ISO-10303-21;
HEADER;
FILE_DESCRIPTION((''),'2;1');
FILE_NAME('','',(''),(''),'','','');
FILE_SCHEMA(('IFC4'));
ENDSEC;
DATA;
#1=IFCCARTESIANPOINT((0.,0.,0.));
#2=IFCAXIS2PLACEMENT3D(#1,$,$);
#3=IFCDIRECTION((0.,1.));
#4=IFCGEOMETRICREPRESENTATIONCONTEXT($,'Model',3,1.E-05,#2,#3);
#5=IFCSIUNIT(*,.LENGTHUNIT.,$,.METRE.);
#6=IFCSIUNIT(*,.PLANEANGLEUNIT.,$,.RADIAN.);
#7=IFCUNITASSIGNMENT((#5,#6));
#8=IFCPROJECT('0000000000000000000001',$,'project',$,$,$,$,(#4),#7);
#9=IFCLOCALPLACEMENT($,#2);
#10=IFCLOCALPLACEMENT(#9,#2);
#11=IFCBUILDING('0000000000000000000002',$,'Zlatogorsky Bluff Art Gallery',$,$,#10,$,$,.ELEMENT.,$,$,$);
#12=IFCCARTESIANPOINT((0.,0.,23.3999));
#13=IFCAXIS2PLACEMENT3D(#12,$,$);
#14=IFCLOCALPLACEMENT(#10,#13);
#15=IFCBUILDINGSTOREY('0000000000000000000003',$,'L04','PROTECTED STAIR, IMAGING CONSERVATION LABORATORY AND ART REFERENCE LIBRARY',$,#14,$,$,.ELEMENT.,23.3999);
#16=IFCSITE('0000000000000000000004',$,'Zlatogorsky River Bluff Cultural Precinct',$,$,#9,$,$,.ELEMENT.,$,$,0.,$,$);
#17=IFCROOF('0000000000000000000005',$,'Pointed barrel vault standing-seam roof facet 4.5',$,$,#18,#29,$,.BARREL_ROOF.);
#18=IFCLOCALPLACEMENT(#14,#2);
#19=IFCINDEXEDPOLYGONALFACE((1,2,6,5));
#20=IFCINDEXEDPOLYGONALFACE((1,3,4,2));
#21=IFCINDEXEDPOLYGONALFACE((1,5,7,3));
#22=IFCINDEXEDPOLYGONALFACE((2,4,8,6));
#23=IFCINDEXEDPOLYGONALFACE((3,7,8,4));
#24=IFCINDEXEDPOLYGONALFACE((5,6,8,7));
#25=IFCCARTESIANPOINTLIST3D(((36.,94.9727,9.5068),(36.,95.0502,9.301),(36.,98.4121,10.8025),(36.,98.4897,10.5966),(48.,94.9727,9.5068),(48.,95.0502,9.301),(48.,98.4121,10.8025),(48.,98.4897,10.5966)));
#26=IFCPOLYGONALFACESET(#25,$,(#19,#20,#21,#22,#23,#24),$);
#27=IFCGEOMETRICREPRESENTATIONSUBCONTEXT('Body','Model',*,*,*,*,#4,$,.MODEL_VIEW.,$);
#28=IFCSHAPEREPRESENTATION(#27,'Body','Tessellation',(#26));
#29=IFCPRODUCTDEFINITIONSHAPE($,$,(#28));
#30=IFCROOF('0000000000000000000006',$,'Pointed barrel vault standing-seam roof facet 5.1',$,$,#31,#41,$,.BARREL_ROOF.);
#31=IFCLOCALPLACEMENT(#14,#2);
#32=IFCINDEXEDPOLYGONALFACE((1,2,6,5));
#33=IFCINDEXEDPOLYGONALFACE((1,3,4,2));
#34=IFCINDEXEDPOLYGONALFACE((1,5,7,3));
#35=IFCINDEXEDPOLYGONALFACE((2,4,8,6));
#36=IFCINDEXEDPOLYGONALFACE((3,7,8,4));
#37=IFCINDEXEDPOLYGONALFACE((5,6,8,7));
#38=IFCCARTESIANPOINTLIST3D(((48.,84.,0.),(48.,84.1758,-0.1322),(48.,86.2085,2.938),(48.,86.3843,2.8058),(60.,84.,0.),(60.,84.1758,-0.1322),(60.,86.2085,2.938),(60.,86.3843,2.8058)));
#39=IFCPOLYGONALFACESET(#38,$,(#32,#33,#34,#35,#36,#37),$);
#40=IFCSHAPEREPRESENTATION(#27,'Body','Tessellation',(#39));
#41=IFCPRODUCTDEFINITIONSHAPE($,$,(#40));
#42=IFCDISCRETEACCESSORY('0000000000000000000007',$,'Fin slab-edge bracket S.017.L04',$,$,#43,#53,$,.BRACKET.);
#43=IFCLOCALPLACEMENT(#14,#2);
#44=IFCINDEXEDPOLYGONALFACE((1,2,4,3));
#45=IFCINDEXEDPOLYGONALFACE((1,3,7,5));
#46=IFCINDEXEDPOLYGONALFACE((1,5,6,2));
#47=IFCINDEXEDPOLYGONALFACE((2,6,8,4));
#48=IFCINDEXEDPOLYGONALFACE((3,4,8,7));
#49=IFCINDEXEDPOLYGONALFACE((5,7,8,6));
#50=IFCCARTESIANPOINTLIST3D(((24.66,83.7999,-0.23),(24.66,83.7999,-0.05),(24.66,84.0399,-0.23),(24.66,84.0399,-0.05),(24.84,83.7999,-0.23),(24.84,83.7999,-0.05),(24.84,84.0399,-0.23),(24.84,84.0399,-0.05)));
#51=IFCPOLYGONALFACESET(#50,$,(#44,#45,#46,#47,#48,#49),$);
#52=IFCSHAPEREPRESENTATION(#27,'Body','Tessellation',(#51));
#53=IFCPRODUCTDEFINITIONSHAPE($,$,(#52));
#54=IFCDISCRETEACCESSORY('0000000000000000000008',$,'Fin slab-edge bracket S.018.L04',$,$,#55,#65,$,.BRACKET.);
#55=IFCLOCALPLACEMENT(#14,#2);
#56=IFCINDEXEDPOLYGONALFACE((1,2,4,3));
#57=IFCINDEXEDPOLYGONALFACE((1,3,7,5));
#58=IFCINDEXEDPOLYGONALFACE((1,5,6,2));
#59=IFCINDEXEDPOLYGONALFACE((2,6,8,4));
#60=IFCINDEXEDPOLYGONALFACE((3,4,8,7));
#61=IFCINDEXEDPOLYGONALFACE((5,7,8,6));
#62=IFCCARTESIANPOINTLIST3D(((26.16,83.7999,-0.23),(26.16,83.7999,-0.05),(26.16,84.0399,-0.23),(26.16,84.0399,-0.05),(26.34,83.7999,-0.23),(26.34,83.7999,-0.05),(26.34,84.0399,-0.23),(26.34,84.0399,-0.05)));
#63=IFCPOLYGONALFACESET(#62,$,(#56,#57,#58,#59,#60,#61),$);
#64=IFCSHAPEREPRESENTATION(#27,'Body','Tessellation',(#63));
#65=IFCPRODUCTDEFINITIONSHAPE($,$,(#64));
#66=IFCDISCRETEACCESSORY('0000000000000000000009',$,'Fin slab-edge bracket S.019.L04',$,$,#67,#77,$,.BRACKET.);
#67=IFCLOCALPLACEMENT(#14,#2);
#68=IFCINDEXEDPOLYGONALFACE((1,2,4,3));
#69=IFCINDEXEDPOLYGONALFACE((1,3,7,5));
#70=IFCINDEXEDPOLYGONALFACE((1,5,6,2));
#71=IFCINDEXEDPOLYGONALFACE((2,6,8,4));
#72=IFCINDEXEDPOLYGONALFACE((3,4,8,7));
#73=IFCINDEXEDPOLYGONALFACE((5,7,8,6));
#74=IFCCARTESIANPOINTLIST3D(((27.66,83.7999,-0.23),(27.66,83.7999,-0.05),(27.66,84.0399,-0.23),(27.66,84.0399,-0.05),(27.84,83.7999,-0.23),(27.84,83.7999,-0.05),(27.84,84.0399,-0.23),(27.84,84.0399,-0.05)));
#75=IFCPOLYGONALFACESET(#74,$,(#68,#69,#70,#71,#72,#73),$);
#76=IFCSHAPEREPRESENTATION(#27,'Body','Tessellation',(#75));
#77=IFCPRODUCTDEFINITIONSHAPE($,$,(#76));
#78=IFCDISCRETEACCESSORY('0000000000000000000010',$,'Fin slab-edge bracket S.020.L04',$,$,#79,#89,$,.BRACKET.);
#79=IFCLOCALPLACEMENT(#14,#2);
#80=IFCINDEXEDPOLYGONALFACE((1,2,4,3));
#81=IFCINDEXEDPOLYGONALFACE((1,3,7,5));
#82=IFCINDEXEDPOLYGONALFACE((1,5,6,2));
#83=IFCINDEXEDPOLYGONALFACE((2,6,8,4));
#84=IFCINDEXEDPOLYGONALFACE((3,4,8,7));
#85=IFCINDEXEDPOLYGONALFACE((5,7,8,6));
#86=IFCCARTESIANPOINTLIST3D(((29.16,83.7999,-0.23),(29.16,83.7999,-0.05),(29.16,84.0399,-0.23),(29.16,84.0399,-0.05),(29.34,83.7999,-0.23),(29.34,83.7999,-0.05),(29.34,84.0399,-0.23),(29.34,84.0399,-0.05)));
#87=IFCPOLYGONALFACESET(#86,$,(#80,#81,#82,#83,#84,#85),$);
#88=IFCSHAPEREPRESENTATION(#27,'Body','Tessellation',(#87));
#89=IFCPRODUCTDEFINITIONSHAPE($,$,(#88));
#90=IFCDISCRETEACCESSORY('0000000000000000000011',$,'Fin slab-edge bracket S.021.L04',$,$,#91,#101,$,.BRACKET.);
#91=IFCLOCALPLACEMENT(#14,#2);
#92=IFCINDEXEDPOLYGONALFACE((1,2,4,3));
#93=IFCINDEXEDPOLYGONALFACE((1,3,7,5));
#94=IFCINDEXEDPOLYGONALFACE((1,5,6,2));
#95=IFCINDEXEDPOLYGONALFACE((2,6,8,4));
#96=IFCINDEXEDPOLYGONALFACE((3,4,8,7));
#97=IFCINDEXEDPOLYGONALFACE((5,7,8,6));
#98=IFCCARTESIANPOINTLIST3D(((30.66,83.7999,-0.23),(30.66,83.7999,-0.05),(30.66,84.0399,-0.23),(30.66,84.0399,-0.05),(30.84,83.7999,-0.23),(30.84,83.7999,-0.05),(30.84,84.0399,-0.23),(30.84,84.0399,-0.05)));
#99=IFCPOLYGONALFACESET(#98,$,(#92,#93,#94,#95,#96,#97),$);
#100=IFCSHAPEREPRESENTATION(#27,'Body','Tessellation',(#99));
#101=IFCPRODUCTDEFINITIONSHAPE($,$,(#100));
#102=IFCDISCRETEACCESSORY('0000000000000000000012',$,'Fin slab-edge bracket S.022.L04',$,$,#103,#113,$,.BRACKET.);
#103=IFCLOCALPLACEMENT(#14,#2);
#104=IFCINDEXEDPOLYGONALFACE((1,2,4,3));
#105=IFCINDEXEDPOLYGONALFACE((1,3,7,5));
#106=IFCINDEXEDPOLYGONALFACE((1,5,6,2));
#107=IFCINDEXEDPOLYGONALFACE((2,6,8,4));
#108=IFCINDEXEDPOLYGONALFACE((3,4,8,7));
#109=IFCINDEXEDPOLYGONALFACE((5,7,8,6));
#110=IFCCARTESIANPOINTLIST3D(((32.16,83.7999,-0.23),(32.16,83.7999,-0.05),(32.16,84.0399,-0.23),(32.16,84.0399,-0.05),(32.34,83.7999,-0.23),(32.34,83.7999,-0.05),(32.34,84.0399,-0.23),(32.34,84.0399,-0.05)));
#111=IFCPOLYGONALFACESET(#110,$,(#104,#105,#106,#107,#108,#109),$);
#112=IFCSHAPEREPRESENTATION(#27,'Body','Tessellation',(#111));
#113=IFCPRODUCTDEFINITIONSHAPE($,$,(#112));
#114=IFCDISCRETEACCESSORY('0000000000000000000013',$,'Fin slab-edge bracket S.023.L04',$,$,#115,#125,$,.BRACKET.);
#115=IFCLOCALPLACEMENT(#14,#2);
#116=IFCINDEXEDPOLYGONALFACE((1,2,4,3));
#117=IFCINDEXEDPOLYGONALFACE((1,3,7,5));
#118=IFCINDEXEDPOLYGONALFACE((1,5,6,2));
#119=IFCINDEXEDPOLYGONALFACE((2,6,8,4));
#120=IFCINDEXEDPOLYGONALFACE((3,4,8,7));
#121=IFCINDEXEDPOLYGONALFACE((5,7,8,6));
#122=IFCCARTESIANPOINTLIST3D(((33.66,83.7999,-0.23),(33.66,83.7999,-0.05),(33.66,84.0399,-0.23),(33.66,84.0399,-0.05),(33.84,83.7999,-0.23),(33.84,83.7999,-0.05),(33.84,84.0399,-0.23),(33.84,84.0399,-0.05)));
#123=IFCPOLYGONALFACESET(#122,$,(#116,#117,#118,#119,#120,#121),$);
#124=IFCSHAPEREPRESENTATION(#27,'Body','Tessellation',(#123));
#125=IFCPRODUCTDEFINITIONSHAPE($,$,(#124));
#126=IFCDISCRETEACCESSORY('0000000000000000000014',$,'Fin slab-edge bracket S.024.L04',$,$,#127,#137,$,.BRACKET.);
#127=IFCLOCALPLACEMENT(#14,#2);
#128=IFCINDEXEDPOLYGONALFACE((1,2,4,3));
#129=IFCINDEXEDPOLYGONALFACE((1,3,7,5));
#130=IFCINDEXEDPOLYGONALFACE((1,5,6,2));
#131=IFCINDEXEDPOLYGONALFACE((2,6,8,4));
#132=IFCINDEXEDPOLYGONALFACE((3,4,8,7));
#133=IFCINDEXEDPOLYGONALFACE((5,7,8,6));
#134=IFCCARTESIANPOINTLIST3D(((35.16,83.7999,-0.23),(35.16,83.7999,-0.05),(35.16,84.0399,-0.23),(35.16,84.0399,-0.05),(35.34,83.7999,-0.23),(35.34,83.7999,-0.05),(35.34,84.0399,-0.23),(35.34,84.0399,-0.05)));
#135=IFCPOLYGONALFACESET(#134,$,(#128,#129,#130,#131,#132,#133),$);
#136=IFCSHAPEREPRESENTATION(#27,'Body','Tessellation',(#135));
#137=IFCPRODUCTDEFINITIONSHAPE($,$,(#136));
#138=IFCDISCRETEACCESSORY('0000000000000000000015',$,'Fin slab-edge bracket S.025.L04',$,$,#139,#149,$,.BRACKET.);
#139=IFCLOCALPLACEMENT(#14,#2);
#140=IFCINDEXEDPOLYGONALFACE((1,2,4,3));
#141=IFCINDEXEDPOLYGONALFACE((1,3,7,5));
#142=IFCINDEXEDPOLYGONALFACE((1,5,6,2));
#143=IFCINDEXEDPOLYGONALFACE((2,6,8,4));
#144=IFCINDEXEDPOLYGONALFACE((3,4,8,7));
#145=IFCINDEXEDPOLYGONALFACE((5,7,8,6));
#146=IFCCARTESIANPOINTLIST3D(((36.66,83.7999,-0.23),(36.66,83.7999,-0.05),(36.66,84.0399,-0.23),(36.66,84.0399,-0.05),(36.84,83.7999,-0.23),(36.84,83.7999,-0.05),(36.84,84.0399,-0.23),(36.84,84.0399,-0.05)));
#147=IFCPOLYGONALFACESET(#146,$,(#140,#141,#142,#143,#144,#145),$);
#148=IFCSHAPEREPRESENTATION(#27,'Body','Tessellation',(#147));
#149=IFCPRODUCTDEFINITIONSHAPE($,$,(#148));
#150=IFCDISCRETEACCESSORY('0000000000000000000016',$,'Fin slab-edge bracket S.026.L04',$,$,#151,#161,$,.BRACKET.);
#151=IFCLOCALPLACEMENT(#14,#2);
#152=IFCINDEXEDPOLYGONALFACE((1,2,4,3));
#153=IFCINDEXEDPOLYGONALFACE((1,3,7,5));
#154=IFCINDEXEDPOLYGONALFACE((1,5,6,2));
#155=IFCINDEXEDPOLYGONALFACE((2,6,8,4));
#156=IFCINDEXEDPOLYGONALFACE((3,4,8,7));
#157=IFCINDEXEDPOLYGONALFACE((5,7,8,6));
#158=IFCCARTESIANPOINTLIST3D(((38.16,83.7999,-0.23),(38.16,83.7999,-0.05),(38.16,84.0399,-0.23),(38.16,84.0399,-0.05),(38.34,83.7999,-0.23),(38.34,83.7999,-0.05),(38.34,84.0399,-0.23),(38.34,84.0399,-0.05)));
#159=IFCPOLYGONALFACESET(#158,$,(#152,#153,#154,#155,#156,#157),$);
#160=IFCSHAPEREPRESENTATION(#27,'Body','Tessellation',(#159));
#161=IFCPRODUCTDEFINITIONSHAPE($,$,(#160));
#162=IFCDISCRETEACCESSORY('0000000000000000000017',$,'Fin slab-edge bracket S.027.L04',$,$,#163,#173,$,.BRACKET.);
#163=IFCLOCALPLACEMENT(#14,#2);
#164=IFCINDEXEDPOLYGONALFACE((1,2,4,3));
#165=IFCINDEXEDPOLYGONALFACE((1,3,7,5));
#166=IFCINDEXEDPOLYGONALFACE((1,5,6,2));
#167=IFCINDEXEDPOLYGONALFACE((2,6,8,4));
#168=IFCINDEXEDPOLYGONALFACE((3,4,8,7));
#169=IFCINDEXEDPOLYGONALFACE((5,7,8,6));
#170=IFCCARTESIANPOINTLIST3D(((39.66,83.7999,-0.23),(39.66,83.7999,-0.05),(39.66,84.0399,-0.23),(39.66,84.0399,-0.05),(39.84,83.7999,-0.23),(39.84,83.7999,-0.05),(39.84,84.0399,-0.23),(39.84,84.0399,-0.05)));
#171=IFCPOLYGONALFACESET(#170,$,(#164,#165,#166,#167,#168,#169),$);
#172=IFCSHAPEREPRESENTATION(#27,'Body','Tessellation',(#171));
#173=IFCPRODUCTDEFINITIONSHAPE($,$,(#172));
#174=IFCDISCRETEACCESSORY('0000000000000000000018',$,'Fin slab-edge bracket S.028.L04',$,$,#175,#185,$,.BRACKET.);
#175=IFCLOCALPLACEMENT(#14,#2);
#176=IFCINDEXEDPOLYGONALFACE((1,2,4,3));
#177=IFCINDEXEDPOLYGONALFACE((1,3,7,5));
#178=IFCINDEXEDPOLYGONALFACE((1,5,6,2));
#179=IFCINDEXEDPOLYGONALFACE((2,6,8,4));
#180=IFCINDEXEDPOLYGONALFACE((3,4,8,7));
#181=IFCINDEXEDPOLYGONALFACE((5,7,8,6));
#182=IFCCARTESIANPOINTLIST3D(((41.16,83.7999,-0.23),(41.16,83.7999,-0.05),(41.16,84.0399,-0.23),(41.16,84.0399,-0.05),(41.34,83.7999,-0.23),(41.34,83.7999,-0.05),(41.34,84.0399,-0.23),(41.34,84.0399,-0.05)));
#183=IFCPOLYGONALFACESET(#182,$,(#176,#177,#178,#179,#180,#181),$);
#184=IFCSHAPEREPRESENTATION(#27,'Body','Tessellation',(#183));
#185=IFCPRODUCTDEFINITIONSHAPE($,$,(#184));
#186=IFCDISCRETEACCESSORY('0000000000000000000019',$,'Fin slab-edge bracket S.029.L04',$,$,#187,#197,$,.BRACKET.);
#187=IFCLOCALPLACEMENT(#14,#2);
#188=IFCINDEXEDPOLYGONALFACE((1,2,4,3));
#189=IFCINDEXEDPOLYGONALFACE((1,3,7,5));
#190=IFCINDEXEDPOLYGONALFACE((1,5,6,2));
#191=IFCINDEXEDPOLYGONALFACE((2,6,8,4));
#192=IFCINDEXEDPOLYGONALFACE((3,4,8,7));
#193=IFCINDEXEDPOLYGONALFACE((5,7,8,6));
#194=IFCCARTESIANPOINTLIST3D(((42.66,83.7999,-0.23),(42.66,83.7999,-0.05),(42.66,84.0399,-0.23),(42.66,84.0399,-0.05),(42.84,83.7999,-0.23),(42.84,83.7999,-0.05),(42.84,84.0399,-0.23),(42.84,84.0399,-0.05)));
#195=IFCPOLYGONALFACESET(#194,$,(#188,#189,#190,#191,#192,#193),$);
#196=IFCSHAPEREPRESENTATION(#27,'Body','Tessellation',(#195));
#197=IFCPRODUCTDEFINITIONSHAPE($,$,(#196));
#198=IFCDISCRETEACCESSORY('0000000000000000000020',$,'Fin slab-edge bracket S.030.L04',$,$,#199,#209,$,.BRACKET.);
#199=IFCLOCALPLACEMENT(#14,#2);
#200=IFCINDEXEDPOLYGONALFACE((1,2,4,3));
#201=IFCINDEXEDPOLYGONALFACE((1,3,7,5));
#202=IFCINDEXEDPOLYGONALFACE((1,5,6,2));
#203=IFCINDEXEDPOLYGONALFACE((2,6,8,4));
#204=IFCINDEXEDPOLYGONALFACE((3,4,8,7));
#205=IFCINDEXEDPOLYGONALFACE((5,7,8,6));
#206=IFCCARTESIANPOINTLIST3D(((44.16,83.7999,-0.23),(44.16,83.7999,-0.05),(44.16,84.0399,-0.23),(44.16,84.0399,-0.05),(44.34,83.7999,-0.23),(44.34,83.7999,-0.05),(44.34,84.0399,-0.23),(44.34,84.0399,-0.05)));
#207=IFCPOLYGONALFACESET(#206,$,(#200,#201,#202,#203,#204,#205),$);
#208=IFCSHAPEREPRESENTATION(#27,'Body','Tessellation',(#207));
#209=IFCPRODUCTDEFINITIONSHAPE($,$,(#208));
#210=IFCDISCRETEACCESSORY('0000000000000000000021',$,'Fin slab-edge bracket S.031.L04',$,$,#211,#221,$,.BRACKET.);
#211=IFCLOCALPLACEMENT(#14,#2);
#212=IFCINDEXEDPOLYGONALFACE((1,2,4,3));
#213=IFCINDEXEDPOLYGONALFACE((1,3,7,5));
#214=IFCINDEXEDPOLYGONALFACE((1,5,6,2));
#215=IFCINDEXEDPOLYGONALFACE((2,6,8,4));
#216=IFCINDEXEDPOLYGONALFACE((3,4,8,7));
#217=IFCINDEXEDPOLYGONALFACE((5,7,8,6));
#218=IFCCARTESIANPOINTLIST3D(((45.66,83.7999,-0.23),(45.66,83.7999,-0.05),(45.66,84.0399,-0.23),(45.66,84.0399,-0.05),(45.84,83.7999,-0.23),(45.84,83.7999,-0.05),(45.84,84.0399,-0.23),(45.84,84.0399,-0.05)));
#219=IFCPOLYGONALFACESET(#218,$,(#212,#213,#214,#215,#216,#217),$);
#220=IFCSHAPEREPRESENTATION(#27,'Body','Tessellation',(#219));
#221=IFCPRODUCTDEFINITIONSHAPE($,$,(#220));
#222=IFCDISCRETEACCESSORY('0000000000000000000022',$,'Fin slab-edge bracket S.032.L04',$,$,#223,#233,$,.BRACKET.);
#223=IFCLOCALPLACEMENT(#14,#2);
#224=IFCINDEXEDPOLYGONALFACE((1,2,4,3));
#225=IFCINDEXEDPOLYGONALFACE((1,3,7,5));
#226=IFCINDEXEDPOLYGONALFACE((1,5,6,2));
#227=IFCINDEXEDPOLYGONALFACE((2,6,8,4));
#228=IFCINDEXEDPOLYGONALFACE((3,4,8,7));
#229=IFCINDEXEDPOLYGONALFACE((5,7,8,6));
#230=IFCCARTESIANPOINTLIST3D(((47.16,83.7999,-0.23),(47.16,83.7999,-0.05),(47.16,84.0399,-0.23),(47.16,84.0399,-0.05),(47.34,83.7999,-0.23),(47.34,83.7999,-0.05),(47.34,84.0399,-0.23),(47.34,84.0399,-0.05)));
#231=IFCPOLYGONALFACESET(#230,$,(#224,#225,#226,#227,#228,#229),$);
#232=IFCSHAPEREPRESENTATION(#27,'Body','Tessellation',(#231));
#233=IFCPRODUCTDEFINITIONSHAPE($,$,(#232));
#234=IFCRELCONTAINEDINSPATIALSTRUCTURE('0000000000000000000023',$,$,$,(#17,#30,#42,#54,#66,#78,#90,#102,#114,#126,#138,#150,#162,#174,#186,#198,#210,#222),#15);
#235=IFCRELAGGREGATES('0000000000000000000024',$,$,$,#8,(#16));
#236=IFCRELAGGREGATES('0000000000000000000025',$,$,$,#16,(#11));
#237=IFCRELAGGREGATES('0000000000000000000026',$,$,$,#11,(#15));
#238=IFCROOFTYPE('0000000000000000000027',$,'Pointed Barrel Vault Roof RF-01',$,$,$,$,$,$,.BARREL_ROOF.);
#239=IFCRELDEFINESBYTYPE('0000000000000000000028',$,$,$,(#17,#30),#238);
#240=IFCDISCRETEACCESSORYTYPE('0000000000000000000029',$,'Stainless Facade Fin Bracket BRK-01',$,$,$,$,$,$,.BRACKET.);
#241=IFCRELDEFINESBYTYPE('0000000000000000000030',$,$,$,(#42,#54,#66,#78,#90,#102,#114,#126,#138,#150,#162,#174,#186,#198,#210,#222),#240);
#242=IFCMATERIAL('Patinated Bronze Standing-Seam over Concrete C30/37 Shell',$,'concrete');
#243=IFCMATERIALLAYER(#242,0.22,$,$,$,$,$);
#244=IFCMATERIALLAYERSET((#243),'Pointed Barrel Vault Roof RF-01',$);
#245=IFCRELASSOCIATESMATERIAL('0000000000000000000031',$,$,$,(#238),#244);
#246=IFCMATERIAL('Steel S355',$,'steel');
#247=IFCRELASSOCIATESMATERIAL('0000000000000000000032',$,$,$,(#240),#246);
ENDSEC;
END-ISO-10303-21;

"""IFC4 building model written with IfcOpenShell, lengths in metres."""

from ifc_helpers import new_model, si_unit, direction, frame, origin, origin_2d, place, context, subcontext, project, spatial, polyline, rectangle, outline, extrude, material, layer, layer_set, type_object, element, save


model = new_model("IFC4")

# Units and contexts
model_context = context("Model", 3, precision=1e-05, world=origin(), true_north=direction((0.0, 1.0)))
body_context = subcontext(model_context, "Body", "Model", "MODEL_VIEW")
ifc_project = project(units=[si_unit("LENGTHUNIT", "METRE"), si_unit("PLANEANGLEUNIT", "RADIAN")], contexts=[model_context])

# Site, building, storey
site_placement = place(None, origin())
site = spatial("IfcSite", under=ifc_project, at=site_placement, Name="Zlatogorsky River Bluff Cultural Precinct", CompositionType="ELEMENT", RefElevation=0.0)
building_placement = place(site_placement, origin())
building = spatial("IfcBuilding", under=site, at=building_placement, Name="Zlatogorsky Bluff Art Gallery", CompositionType="ELEMENT")
storey_placement = place(building_placement, frame((0.0, 0.0, 23.3999)))
storey = spatial("IfcBuildingStorey", under=building, at=storey_placement, Name="L04", Description="PROTECTED STAIR, IMAGING CONSERVATION LABORATORY AND ART REFERENCE LIBRARY", CompositionType="ELEMENT", Elevation=23.3999)

# Shared definitions
ifc_material_1 = material(Name="Steel S355", Category="steel")

# Roofs
ifc_material_2 = material(Name="Patinated Bronze Standing-Seam over Concrete C30/37 Shell", Category="concrete")
ifc_layer_1 = layer(ifc_material_2, 0.22)
ifc_layer_set_1 = layer_set([ifc_layer_1], Name="Pointed Barrel Vault Roof RF-01")
roof_type = type_object("IfcRoofType", Name="Pointed Barrel Vault Roof RF-01", PredefinedType="BARREL_ROOF", material=ifc_layer_set_1)
roof_1_placement = place(storey_placement, frame((36.0, 94.9727, 9.5068), z_axis=(0.0, -0.352521, 0.935804), x_axis=(1.0, 0.0, 0.0)))
element("IfcRoof", 1, at=roof_1_placement, inside=storey, type_object=roof_type, Name="Pointed barrel vault standing-seam roof facet 4.5", PredefinedType="BARREL_ROOF", context=body_context, shape_type="SweptSolid", body=[
    extrude(outline(polyline([(0.0, 0.0), (12.0, 0.0), (12.0, 3.6754), (0.0, 3.6754), (0.0, 0.0)])), origin(), (0.0, 0.0, -1.0), 0.22),
])
roof_2_placement = place(storey_placement, frame((48.0, 84.0, 0.0), z_axis=(0.0, -0.799346, 0.600871), x_axis=(1.0, 0.0, 0.0)))
element("IfcRoof", 2, at=roof_2_placement, inside=storey, type_object=roof_type, Name="Pointed barrel vault standing-seam roof facet 5.1", PredefinedType="BARREL_ROOF", context=body_context, shape_type="SweptSolid", body=[
    extrude(outline(polyline([(0.0, 0.0), (12.0, 0.0), (12.0, 3.6755), (0.0, 3.6755), (0.0, 0.0)])), origin(), (0.0, 0.0, -1.0), 0.22),
])

# Discrete accessories
discrete_accessory_type = type_object("IfcDiscreteAccessoryType", Name="Stainless Facade Fin Bracket BRK-01", PredefinedType="BRACKET", material=ifc_material_1)
for number, where, z_axis, x_axis, name in (
    (3, (24.75, 83.9199, -0.23), (0.0, 0.0, 1.0), (1.0, 0.0, 0.0), "Fin slab-edge bracket S.017.L04"),
    (4, (26.25, 83.9199, -0.23), (0.0, 0.0, 1.0), (1.0, 0.0, 0.0), "Fin slab-edge bracket S.018.L04"),
    (5, (27.75, 83.9199, -0.23), (0.0, 0.0, 1.0), (1.0, 0.0, 0.0), "Fin slab-edge bracket S.019.L04"),
    (6, (29.25, 83.9199, -0.23), (0.0, 0.0, 1.0), (1.0, 0.0, 0.0), "Fin slab-edge bracket S.020.L04"),
    (7, (30.75, 83.9199, -0.23), (0.0, 0.0, 1.0), (1.0, 0.0, 0.0), "Fin slab-edge bracket S.021.L04"),
    (8, (32.25, 83.9199, -0.23), (0.0, 0.0, 1.0), (1.0, 0.0, 0.0), "Fin slab-edge bracket S.022.L04"),
    (9, (33.75, 83.9199, -0.23), (0.0, 0.0, 1.0), (1.0, 0.0, 0.0), "Fin slab-edge bracket S.023.L04"),
    (10, (35.25, 83.9199, -0.23), (0.0, 0.0, 1.0), (1.0, 0.0, 0.0), "Fin slab-edge bracket S.024.L04"),
    (11, (36.75, 83.9199, -0.23), (0.0, 0.0, 1.0), (1.0, 0.0, 0.0), "Fin slab-edge bracket S.025.L04"),
    (12, (38.25, 83.9199, -0.23), (0.0, 0.0, 1.0), (1.0, 0.0, 0.0), "Fin slab-edge bracket S.026.L04"),
    (13, (39.75, 83.9199, -0.23), (0.0, 0.0, 1.0), (1.0, 0.0, 0.0), "Fin slab-edge bracket S.027.L04"),
    (14, (41.25, 83.9199, -0.23), (0.0, 0.0, 1.0), (1.0, 0.0, 0.0), "Fin slab-edge bracket S.028.L04"),
    (15, (42.75, 83.9199, -0.23), (0.0, 0.0, 1.0), (1.0, 0.0, 0.0), "Fin slab-edge bracket S.029.L04"),
    (16, (44.25, 83.9199, -0.23), (0.0, 0.0, 1.0), (1.0, 0.0, 0.0), "Fin slab-edge bracket S.030.L04"),
    (17, (45.75, 83.9199, -0.23), (0.0, 0.0, 1.0), (1.0, 0.0, 0.0), "Fin slab-edge bracket S.031.L04"),
    (18, (47.25, 83.9199, -0.23), (0.0, 0.0, 1.0), (1.0, 0.0, 0.0), "Fin slab-edge bracket S.032.L04"),
):
    element("IfcDiscreteAccessory", number, at=place(storey_placement, frame(where, z_axis=z_axis, x_axis=x_axis)), inside=storey, type_object=discrete_accessory_type, Name=name, PredefinedType="BRACKET", context=body_context, shape_type="SweptSolid", body=[
        extrude(rectangle(XDim=0.1799, YDim=0.24, at=origin_2d()), origin(), (0.0, 0.0, 1.0), 0.1799),
    ])

save(model, "model.ifc")
